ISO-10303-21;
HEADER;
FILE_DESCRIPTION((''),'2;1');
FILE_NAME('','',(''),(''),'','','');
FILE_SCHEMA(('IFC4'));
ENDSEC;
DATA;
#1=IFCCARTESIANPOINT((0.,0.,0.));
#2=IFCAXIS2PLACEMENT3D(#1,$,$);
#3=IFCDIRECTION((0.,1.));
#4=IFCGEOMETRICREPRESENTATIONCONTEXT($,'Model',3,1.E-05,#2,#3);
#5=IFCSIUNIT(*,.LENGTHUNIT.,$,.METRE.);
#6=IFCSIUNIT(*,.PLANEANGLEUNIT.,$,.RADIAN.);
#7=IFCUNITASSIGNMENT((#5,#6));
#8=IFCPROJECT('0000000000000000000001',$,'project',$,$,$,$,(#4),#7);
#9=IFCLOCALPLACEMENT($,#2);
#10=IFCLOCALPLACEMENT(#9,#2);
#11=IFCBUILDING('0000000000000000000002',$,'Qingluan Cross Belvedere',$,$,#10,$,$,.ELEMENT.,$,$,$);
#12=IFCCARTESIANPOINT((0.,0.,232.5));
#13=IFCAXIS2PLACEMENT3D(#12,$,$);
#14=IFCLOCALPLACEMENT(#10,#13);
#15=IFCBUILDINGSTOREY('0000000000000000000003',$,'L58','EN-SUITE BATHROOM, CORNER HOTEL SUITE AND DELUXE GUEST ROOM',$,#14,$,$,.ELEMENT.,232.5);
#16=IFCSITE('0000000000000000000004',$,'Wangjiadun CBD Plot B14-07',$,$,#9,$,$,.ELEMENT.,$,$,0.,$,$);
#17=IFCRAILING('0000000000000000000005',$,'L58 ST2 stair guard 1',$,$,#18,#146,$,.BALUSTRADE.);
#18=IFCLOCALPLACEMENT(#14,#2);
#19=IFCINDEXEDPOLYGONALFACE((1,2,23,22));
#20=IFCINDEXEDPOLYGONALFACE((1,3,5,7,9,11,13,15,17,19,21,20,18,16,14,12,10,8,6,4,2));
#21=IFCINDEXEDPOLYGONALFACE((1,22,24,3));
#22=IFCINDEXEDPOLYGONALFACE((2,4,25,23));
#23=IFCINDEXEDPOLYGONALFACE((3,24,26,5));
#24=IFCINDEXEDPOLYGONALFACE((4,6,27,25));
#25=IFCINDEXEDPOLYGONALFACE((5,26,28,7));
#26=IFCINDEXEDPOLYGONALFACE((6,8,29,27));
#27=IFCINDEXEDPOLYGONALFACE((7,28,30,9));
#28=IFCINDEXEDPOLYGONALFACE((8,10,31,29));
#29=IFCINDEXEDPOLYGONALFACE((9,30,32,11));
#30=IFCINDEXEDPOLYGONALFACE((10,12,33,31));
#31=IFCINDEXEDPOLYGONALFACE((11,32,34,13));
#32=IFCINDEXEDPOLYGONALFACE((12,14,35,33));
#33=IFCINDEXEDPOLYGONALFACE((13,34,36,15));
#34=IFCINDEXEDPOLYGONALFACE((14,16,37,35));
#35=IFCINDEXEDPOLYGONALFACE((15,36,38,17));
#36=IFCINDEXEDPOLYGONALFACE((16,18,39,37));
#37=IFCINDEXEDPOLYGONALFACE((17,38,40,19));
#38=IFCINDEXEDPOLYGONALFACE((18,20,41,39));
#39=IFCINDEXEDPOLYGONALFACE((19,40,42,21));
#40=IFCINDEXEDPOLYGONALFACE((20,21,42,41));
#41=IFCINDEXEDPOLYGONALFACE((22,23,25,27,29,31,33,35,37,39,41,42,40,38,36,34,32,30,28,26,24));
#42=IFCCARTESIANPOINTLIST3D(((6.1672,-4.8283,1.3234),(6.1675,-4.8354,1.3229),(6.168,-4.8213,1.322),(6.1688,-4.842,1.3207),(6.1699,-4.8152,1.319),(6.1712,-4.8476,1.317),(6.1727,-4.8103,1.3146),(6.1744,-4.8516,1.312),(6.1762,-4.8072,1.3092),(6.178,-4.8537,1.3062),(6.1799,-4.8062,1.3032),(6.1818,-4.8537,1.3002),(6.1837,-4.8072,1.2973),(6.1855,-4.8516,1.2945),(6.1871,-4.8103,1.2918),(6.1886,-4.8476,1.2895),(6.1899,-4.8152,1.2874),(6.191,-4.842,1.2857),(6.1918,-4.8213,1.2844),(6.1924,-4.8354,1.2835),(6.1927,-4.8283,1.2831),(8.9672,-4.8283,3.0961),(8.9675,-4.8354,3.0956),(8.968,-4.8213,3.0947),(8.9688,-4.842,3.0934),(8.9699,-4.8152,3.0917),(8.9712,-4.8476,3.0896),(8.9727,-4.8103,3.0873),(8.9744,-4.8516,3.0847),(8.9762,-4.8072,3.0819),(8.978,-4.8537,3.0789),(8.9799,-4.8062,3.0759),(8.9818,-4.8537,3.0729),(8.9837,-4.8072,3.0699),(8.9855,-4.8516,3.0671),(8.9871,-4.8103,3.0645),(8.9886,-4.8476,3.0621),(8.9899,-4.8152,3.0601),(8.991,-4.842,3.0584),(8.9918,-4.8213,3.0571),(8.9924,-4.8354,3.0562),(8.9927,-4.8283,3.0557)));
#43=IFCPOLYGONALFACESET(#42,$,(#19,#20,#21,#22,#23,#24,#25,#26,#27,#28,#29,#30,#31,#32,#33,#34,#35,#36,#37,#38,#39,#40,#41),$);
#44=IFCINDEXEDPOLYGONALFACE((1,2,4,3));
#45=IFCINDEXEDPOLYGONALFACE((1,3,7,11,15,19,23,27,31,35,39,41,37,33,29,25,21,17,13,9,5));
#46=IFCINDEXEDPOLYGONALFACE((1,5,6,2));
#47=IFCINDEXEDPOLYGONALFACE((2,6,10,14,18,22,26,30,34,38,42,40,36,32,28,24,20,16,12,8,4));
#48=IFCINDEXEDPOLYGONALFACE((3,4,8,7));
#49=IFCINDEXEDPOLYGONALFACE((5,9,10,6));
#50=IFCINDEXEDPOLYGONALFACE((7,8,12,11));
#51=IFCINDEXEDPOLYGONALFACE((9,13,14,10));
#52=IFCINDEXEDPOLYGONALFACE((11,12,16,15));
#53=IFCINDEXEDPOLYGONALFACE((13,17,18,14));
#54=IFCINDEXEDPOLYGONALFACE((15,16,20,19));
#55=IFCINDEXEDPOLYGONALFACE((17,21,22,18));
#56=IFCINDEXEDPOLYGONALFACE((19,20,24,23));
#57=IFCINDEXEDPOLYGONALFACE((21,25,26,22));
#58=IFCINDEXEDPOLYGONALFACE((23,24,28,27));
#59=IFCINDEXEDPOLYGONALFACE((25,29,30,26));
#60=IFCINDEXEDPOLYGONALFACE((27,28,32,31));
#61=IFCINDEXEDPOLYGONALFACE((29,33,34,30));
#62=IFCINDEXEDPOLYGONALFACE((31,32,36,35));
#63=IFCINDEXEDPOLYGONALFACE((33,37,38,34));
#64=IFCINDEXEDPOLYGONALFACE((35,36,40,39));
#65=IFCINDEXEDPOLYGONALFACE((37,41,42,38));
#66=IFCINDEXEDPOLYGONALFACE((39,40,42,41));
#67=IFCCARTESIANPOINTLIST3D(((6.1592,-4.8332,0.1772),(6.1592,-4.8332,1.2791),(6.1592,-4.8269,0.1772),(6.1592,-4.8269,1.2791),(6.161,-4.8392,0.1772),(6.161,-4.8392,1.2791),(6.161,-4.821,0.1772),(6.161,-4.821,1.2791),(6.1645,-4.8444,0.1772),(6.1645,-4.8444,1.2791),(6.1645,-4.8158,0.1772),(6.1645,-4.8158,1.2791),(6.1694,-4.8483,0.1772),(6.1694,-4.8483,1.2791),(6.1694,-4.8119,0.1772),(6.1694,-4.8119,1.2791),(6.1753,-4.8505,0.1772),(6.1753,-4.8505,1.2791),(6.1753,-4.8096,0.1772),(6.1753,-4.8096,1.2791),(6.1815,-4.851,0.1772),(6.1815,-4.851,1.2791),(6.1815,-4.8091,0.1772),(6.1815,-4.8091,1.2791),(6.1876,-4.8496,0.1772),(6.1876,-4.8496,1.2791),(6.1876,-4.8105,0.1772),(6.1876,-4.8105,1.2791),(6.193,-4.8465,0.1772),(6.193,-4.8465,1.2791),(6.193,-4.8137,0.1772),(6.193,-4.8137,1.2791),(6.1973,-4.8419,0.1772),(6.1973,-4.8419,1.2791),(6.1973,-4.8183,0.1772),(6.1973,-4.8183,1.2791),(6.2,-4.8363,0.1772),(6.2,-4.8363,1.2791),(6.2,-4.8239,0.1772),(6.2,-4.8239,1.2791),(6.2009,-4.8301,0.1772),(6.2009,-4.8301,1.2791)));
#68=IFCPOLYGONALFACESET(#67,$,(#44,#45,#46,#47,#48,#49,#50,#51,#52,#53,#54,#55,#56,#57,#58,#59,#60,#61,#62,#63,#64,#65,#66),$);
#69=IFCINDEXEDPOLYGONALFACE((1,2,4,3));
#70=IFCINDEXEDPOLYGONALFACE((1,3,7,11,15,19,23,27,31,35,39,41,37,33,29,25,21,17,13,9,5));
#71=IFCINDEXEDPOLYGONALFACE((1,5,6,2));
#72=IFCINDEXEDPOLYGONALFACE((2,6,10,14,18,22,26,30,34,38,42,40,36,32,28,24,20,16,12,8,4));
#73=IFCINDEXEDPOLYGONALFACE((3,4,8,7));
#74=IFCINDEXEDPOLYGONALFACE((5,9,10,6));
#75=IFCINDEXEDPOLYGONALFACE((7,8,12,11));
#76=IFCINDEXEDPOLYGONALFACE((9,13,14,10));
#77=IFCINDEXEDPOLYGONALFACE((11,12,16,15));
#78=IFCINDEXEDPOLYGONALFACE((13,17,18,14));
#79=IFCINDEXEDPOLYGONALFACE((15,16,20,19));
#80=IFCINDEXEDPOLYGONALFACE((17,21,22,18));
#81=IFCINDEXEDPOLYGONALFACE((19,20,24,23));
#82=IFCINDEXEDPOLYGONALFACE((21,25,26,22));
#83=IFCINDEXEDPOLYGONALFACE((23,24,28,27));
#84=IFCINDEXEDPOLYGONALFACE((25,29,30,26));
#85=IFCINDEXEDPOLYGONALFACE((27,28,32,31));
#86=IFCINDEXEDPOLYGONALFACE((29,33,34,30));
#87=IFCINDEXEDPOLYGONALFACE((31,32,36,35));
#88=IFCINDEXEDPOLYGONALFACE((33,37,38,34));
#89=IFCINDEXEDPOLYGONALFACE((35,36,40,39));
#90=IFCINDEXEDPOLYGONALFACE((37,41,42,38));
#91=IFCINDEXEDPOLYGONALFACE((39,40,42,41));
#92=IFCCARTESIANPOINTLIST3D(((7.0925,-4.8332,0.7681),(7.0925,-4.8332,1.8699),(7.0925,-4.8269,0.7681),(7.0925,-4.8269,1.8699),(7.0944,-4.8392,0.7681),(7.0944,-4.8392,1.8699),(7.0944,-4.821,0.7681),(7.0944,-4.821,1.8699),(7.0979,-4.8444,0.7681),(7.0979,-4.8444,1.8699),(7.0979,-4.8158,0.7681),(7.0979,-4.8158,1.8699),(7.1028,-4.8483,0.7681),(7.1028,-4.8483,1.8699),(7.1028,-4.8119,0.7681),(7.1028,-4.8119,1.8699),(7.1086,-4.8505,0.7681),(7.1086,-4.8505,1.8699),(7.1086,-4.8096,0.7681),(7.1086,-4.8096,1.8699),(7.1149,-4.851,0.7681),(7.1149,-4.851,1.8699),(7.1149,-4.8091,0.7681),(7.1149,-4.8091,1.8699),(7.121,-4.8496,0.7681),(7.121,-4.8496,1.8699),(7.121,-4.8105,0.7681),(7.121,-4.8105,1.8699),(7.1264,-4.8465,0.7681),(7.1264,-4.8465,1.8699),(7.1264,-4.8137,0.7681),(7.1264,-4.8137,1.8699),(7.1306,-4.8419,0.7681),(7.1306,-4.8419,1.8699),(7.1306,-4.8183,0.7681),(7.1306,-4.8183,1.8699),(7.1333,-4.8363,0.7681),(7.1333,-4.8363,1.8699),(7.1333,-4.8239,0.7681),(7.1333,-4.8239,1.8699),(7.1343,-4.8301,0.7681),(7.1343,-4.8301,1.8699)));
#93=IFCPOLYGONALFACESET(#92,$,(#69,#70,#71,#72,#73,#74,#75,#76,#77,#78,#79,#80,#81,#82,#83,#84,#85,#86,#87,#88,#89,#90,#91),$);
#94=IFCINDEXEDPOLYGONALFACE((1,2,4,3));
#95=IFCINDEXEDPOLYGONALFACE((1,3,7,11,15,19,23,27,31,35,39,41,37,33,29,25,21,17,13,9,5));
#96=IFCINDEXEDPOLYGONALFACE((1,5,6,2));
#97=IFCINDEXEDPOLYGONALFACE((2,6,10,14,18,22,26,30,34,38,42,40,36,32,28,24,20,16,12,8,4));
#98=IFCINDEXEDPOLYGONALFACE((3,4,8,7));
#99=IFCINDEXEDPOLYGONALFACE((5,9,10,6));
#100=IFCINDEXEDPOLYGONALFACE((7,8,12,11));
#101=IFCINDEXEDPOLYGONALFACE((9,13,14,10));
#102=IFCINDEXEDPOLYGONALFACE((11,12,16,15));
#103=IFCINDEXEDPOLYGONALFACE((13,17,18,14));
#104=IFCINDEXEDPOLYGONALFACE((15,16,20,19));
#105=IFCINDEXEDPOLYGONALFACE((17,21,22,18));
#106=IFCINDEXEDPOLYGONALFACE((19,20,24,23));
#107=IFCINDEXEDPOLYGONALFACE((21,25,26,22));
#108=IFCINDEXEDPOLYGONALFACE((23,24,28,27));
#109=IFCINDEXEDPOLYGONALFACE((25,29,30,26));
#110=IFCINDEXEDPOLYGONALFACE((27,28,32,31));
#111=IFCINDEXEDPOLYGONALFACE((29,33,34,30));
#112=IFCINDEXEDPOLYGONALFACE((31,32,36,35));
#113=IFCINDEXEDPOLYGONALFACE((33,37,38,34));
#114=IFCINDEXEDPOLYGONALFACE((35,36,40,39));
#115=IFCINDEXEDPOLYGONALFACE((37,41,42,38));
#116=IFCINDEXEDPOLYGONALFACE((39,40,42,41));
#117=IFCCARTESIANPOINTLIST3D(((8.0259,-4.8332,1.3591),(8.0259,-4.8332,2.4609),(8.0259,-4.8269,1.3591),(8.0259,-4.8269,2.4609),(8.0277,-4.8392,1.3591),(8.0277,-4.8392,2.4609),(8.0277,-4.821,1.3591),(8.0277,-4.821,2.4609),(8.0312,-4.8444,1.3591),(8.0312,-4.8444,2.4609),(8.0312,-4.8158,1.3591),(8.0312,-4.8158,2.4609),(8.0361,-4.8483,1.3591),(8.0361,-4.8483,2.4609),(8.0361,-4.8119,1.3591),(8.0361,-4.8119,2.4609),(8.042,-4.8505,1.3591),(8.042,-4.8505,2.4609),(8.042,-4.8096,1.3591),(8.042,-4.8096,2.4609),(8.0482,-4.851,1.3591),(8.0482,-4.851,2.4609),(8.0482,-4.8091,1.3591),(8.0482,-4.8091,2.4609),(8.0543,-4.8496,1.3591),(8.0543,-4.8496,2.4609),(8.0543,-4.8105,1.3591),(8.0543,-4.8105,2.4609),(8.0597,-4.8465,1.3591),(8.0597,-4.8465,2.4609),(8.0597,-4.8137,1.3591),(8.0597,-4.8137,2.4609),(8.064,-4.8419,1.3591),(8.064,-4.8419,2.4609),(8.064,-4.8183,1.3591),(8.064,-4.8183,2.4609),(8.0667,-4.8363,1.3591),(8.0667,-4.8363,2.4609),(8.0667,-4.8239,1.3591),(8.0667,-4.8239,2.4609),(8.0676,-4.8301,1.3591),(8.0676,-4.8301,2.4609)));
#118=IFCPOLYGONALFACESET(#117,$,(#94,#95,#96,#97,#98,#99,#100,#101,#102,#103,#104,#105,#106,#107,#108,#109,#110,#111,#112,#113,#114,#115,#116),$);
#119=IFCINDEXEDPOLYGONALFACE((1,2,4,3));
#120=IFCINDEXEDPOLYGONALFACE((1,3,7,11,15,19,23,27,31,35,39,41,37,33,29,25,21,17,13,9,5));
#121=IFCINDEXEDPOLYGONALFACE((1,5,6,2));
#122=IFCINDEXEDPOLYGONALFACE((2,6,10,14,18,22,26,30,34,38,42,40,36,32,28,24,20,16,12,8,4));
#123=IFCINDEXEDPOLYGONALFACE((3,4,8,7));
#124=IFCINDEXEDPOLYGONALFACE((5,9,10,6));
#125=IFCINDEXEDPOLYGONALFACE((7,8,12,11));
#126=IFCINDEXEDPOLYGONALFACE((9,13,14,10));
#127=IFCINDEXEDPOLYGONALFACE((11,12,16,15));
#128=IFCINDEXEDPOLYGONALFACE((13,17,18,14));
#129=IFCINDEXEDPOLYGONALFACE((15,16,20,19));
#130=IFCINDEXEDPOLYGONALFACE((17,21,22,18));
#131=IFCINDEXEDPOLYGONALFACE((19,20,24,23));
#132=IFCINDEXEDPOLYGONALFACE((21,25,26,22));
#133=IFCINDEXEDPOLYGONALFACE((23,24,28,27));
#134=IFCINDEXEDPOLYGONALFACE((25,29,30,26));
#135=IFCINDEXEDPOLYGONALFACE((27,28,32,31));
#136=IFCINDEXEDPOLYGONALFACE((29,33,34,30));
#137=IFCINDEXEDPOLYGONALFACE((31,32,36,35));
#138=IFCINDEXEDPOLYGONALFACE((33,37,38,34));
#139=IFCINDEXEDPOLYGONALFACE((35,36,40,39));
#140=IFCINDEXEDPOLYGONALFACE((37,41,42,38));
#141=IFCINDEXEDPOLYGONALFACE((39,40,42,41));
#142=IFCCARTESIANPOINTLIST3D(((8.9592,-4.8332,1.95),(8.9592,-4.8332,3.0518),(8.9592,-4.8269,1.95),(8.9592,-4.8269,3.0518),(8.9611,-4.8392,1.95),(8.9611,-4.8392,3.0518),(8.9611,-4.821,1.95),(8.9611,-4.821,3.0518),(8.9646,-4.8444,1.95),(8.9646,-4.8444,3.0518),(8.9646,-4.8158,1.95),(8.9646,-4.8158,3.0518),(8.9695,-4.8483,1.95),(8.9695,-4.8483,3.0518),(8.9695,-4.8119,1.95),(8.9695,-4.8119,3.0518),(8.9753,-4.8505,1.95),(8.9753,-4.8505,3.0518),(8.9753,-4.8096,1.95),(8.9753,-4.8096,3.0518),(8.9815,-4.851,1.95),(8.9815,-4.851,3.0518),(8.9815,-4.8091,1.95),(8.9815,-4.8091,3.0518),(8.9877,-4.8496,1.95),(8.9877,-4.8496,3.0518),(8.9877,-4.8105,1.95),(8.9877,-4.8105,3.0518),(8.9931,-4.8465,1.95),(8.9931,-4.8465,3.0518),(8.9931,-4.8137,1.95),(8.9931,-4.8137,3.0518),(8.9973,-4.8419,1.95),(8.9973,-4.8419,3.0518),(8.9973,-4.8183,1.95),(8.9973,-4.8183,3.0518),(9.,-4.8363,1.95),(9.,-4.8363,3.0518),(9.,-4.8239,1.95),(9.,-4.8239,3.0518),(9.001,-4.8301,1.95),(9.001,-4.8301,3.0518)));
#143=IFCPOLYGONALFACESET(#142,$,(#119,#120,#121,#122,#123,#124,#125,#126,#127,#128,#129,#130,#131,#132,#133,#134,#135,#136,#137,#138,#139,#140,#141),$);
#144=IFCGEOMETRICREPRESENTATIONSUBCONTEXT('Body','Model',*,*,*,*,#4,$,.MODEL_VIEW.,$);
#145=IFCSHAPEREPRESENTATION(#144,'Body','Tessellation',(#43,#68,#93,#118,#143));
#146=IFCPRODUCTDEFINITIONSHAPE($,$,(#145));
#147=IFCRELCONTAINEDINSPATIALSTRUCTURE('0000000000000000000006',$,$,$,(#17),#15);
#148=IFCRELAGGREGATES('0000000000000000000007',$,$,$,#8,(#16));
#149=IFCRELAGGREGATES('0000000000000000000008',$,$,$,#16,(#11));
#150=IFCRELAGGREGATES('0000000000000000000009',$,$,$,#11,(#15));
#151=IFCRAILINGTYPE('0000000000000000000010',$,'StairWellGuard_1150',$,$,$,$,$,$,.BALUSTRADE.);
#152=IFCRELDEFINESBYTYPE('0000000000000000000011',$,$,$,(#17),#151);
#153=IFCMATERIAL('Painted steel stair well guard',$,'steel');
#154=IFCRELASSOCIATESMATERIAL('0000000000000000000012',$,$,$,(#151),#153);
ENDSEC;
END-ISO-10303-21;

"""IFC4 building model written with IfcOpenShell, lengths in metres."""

from ifc_helpers import new_model, si_unit, direction, frame, origin, origin_2d, place, context, subcontext, project, spatial, circle, extrude, material, type_object, element, save


model = new_model("IFC4")

# Units and contexts
model_context = context("Model", 3, precision=1e-05, world=origin(), true_north=direction((0.0, 1.0)))
body_context = subcontext(model_context, "Body", "Model", "MODEL_VIEW")
ifc_project = project(units=[si_unit("LENGTHUNIT", "METRE"), si_unit("PLANEANGLEUNIT", "RADIAN")], contexts=[model_context])

# Site, building, storey
site_placement = place(None, origin())
site = spatial("IfcSite", under=ifc_project, at=site_placement, Name="Wangjiadun CBD Plot B14-07", CompositionType="ELEMENT", RefElevation=0.0)
building_placement = place(site_placement, origin())
building = spatial("IfcBuilding", under=site, at=building_placement, Name="Qingluan Cross Belvedere", CompositionType="ELEMENT")
storey_placement = place(building_placement, frame((0.0, 0.0, 232.5)))
storey = spatial("IfcBuildingStorey", under=building, at=storey_placement, Name="L58", Description="EN-SUITE BATHROOM, CORNER HOTEL SUITE AND DELUXE GUEST ROOM", CompositionType="ELEMENT", Elevation=232.5)

# Railing
ifc_material_1 = material(Name="Painted steel stair well guard", Category="steel")
railing_type_1 = type_object("IfcRailingType", Name="StairWellGuard_1150", PredefinedType="BALUSTRADE", material=ifc_material_1)
railing_1_placement = place(storey_placement, frame((6.1799, -4.8301, 0.1772)))
element("IfcRailing", 1, at=railing_1_placement, inside=storey, type_object=railing_type_1, Name="L58 ST2 stair guard 1", PredefinedType="BALUSTRADE", context=body_context, shape_type="SweptSolid", body=[
    extrude(circle(Radius=0.0239, at=origin_2d()), frame((0.0, 0.0, 1.126), z_axis=(0.844909, 0.0, 0.53491), x_axis=(0.0, 1.0, 0.0)), (0.0, 0.0, 1.0), 3.314),
    extrude(circle(Radius=0.021, at=origin_2d()), origin(), (0.0, 0.0, 1.0), 1.1018),
    extrude(circle(Radius=0.021, at=origin_2d()), frame((0.9333, 0.0, 0.5908)), (0.0, 0.0, 1.0), 1.1018),
    extrude(circle(Radius=0.021, at=origin_2d()), frame((1.8667, 0.0, 1.1819)), (0.0, 0.0, 1.0), 1.1018),
    extrude(circle(Radius=0.021, at=origin_2d()), frame((2.8, 0.0, 1.7727)), (0.0, 0.0, 1.0), 1.1018),
])

save(model, "model.ifc")
